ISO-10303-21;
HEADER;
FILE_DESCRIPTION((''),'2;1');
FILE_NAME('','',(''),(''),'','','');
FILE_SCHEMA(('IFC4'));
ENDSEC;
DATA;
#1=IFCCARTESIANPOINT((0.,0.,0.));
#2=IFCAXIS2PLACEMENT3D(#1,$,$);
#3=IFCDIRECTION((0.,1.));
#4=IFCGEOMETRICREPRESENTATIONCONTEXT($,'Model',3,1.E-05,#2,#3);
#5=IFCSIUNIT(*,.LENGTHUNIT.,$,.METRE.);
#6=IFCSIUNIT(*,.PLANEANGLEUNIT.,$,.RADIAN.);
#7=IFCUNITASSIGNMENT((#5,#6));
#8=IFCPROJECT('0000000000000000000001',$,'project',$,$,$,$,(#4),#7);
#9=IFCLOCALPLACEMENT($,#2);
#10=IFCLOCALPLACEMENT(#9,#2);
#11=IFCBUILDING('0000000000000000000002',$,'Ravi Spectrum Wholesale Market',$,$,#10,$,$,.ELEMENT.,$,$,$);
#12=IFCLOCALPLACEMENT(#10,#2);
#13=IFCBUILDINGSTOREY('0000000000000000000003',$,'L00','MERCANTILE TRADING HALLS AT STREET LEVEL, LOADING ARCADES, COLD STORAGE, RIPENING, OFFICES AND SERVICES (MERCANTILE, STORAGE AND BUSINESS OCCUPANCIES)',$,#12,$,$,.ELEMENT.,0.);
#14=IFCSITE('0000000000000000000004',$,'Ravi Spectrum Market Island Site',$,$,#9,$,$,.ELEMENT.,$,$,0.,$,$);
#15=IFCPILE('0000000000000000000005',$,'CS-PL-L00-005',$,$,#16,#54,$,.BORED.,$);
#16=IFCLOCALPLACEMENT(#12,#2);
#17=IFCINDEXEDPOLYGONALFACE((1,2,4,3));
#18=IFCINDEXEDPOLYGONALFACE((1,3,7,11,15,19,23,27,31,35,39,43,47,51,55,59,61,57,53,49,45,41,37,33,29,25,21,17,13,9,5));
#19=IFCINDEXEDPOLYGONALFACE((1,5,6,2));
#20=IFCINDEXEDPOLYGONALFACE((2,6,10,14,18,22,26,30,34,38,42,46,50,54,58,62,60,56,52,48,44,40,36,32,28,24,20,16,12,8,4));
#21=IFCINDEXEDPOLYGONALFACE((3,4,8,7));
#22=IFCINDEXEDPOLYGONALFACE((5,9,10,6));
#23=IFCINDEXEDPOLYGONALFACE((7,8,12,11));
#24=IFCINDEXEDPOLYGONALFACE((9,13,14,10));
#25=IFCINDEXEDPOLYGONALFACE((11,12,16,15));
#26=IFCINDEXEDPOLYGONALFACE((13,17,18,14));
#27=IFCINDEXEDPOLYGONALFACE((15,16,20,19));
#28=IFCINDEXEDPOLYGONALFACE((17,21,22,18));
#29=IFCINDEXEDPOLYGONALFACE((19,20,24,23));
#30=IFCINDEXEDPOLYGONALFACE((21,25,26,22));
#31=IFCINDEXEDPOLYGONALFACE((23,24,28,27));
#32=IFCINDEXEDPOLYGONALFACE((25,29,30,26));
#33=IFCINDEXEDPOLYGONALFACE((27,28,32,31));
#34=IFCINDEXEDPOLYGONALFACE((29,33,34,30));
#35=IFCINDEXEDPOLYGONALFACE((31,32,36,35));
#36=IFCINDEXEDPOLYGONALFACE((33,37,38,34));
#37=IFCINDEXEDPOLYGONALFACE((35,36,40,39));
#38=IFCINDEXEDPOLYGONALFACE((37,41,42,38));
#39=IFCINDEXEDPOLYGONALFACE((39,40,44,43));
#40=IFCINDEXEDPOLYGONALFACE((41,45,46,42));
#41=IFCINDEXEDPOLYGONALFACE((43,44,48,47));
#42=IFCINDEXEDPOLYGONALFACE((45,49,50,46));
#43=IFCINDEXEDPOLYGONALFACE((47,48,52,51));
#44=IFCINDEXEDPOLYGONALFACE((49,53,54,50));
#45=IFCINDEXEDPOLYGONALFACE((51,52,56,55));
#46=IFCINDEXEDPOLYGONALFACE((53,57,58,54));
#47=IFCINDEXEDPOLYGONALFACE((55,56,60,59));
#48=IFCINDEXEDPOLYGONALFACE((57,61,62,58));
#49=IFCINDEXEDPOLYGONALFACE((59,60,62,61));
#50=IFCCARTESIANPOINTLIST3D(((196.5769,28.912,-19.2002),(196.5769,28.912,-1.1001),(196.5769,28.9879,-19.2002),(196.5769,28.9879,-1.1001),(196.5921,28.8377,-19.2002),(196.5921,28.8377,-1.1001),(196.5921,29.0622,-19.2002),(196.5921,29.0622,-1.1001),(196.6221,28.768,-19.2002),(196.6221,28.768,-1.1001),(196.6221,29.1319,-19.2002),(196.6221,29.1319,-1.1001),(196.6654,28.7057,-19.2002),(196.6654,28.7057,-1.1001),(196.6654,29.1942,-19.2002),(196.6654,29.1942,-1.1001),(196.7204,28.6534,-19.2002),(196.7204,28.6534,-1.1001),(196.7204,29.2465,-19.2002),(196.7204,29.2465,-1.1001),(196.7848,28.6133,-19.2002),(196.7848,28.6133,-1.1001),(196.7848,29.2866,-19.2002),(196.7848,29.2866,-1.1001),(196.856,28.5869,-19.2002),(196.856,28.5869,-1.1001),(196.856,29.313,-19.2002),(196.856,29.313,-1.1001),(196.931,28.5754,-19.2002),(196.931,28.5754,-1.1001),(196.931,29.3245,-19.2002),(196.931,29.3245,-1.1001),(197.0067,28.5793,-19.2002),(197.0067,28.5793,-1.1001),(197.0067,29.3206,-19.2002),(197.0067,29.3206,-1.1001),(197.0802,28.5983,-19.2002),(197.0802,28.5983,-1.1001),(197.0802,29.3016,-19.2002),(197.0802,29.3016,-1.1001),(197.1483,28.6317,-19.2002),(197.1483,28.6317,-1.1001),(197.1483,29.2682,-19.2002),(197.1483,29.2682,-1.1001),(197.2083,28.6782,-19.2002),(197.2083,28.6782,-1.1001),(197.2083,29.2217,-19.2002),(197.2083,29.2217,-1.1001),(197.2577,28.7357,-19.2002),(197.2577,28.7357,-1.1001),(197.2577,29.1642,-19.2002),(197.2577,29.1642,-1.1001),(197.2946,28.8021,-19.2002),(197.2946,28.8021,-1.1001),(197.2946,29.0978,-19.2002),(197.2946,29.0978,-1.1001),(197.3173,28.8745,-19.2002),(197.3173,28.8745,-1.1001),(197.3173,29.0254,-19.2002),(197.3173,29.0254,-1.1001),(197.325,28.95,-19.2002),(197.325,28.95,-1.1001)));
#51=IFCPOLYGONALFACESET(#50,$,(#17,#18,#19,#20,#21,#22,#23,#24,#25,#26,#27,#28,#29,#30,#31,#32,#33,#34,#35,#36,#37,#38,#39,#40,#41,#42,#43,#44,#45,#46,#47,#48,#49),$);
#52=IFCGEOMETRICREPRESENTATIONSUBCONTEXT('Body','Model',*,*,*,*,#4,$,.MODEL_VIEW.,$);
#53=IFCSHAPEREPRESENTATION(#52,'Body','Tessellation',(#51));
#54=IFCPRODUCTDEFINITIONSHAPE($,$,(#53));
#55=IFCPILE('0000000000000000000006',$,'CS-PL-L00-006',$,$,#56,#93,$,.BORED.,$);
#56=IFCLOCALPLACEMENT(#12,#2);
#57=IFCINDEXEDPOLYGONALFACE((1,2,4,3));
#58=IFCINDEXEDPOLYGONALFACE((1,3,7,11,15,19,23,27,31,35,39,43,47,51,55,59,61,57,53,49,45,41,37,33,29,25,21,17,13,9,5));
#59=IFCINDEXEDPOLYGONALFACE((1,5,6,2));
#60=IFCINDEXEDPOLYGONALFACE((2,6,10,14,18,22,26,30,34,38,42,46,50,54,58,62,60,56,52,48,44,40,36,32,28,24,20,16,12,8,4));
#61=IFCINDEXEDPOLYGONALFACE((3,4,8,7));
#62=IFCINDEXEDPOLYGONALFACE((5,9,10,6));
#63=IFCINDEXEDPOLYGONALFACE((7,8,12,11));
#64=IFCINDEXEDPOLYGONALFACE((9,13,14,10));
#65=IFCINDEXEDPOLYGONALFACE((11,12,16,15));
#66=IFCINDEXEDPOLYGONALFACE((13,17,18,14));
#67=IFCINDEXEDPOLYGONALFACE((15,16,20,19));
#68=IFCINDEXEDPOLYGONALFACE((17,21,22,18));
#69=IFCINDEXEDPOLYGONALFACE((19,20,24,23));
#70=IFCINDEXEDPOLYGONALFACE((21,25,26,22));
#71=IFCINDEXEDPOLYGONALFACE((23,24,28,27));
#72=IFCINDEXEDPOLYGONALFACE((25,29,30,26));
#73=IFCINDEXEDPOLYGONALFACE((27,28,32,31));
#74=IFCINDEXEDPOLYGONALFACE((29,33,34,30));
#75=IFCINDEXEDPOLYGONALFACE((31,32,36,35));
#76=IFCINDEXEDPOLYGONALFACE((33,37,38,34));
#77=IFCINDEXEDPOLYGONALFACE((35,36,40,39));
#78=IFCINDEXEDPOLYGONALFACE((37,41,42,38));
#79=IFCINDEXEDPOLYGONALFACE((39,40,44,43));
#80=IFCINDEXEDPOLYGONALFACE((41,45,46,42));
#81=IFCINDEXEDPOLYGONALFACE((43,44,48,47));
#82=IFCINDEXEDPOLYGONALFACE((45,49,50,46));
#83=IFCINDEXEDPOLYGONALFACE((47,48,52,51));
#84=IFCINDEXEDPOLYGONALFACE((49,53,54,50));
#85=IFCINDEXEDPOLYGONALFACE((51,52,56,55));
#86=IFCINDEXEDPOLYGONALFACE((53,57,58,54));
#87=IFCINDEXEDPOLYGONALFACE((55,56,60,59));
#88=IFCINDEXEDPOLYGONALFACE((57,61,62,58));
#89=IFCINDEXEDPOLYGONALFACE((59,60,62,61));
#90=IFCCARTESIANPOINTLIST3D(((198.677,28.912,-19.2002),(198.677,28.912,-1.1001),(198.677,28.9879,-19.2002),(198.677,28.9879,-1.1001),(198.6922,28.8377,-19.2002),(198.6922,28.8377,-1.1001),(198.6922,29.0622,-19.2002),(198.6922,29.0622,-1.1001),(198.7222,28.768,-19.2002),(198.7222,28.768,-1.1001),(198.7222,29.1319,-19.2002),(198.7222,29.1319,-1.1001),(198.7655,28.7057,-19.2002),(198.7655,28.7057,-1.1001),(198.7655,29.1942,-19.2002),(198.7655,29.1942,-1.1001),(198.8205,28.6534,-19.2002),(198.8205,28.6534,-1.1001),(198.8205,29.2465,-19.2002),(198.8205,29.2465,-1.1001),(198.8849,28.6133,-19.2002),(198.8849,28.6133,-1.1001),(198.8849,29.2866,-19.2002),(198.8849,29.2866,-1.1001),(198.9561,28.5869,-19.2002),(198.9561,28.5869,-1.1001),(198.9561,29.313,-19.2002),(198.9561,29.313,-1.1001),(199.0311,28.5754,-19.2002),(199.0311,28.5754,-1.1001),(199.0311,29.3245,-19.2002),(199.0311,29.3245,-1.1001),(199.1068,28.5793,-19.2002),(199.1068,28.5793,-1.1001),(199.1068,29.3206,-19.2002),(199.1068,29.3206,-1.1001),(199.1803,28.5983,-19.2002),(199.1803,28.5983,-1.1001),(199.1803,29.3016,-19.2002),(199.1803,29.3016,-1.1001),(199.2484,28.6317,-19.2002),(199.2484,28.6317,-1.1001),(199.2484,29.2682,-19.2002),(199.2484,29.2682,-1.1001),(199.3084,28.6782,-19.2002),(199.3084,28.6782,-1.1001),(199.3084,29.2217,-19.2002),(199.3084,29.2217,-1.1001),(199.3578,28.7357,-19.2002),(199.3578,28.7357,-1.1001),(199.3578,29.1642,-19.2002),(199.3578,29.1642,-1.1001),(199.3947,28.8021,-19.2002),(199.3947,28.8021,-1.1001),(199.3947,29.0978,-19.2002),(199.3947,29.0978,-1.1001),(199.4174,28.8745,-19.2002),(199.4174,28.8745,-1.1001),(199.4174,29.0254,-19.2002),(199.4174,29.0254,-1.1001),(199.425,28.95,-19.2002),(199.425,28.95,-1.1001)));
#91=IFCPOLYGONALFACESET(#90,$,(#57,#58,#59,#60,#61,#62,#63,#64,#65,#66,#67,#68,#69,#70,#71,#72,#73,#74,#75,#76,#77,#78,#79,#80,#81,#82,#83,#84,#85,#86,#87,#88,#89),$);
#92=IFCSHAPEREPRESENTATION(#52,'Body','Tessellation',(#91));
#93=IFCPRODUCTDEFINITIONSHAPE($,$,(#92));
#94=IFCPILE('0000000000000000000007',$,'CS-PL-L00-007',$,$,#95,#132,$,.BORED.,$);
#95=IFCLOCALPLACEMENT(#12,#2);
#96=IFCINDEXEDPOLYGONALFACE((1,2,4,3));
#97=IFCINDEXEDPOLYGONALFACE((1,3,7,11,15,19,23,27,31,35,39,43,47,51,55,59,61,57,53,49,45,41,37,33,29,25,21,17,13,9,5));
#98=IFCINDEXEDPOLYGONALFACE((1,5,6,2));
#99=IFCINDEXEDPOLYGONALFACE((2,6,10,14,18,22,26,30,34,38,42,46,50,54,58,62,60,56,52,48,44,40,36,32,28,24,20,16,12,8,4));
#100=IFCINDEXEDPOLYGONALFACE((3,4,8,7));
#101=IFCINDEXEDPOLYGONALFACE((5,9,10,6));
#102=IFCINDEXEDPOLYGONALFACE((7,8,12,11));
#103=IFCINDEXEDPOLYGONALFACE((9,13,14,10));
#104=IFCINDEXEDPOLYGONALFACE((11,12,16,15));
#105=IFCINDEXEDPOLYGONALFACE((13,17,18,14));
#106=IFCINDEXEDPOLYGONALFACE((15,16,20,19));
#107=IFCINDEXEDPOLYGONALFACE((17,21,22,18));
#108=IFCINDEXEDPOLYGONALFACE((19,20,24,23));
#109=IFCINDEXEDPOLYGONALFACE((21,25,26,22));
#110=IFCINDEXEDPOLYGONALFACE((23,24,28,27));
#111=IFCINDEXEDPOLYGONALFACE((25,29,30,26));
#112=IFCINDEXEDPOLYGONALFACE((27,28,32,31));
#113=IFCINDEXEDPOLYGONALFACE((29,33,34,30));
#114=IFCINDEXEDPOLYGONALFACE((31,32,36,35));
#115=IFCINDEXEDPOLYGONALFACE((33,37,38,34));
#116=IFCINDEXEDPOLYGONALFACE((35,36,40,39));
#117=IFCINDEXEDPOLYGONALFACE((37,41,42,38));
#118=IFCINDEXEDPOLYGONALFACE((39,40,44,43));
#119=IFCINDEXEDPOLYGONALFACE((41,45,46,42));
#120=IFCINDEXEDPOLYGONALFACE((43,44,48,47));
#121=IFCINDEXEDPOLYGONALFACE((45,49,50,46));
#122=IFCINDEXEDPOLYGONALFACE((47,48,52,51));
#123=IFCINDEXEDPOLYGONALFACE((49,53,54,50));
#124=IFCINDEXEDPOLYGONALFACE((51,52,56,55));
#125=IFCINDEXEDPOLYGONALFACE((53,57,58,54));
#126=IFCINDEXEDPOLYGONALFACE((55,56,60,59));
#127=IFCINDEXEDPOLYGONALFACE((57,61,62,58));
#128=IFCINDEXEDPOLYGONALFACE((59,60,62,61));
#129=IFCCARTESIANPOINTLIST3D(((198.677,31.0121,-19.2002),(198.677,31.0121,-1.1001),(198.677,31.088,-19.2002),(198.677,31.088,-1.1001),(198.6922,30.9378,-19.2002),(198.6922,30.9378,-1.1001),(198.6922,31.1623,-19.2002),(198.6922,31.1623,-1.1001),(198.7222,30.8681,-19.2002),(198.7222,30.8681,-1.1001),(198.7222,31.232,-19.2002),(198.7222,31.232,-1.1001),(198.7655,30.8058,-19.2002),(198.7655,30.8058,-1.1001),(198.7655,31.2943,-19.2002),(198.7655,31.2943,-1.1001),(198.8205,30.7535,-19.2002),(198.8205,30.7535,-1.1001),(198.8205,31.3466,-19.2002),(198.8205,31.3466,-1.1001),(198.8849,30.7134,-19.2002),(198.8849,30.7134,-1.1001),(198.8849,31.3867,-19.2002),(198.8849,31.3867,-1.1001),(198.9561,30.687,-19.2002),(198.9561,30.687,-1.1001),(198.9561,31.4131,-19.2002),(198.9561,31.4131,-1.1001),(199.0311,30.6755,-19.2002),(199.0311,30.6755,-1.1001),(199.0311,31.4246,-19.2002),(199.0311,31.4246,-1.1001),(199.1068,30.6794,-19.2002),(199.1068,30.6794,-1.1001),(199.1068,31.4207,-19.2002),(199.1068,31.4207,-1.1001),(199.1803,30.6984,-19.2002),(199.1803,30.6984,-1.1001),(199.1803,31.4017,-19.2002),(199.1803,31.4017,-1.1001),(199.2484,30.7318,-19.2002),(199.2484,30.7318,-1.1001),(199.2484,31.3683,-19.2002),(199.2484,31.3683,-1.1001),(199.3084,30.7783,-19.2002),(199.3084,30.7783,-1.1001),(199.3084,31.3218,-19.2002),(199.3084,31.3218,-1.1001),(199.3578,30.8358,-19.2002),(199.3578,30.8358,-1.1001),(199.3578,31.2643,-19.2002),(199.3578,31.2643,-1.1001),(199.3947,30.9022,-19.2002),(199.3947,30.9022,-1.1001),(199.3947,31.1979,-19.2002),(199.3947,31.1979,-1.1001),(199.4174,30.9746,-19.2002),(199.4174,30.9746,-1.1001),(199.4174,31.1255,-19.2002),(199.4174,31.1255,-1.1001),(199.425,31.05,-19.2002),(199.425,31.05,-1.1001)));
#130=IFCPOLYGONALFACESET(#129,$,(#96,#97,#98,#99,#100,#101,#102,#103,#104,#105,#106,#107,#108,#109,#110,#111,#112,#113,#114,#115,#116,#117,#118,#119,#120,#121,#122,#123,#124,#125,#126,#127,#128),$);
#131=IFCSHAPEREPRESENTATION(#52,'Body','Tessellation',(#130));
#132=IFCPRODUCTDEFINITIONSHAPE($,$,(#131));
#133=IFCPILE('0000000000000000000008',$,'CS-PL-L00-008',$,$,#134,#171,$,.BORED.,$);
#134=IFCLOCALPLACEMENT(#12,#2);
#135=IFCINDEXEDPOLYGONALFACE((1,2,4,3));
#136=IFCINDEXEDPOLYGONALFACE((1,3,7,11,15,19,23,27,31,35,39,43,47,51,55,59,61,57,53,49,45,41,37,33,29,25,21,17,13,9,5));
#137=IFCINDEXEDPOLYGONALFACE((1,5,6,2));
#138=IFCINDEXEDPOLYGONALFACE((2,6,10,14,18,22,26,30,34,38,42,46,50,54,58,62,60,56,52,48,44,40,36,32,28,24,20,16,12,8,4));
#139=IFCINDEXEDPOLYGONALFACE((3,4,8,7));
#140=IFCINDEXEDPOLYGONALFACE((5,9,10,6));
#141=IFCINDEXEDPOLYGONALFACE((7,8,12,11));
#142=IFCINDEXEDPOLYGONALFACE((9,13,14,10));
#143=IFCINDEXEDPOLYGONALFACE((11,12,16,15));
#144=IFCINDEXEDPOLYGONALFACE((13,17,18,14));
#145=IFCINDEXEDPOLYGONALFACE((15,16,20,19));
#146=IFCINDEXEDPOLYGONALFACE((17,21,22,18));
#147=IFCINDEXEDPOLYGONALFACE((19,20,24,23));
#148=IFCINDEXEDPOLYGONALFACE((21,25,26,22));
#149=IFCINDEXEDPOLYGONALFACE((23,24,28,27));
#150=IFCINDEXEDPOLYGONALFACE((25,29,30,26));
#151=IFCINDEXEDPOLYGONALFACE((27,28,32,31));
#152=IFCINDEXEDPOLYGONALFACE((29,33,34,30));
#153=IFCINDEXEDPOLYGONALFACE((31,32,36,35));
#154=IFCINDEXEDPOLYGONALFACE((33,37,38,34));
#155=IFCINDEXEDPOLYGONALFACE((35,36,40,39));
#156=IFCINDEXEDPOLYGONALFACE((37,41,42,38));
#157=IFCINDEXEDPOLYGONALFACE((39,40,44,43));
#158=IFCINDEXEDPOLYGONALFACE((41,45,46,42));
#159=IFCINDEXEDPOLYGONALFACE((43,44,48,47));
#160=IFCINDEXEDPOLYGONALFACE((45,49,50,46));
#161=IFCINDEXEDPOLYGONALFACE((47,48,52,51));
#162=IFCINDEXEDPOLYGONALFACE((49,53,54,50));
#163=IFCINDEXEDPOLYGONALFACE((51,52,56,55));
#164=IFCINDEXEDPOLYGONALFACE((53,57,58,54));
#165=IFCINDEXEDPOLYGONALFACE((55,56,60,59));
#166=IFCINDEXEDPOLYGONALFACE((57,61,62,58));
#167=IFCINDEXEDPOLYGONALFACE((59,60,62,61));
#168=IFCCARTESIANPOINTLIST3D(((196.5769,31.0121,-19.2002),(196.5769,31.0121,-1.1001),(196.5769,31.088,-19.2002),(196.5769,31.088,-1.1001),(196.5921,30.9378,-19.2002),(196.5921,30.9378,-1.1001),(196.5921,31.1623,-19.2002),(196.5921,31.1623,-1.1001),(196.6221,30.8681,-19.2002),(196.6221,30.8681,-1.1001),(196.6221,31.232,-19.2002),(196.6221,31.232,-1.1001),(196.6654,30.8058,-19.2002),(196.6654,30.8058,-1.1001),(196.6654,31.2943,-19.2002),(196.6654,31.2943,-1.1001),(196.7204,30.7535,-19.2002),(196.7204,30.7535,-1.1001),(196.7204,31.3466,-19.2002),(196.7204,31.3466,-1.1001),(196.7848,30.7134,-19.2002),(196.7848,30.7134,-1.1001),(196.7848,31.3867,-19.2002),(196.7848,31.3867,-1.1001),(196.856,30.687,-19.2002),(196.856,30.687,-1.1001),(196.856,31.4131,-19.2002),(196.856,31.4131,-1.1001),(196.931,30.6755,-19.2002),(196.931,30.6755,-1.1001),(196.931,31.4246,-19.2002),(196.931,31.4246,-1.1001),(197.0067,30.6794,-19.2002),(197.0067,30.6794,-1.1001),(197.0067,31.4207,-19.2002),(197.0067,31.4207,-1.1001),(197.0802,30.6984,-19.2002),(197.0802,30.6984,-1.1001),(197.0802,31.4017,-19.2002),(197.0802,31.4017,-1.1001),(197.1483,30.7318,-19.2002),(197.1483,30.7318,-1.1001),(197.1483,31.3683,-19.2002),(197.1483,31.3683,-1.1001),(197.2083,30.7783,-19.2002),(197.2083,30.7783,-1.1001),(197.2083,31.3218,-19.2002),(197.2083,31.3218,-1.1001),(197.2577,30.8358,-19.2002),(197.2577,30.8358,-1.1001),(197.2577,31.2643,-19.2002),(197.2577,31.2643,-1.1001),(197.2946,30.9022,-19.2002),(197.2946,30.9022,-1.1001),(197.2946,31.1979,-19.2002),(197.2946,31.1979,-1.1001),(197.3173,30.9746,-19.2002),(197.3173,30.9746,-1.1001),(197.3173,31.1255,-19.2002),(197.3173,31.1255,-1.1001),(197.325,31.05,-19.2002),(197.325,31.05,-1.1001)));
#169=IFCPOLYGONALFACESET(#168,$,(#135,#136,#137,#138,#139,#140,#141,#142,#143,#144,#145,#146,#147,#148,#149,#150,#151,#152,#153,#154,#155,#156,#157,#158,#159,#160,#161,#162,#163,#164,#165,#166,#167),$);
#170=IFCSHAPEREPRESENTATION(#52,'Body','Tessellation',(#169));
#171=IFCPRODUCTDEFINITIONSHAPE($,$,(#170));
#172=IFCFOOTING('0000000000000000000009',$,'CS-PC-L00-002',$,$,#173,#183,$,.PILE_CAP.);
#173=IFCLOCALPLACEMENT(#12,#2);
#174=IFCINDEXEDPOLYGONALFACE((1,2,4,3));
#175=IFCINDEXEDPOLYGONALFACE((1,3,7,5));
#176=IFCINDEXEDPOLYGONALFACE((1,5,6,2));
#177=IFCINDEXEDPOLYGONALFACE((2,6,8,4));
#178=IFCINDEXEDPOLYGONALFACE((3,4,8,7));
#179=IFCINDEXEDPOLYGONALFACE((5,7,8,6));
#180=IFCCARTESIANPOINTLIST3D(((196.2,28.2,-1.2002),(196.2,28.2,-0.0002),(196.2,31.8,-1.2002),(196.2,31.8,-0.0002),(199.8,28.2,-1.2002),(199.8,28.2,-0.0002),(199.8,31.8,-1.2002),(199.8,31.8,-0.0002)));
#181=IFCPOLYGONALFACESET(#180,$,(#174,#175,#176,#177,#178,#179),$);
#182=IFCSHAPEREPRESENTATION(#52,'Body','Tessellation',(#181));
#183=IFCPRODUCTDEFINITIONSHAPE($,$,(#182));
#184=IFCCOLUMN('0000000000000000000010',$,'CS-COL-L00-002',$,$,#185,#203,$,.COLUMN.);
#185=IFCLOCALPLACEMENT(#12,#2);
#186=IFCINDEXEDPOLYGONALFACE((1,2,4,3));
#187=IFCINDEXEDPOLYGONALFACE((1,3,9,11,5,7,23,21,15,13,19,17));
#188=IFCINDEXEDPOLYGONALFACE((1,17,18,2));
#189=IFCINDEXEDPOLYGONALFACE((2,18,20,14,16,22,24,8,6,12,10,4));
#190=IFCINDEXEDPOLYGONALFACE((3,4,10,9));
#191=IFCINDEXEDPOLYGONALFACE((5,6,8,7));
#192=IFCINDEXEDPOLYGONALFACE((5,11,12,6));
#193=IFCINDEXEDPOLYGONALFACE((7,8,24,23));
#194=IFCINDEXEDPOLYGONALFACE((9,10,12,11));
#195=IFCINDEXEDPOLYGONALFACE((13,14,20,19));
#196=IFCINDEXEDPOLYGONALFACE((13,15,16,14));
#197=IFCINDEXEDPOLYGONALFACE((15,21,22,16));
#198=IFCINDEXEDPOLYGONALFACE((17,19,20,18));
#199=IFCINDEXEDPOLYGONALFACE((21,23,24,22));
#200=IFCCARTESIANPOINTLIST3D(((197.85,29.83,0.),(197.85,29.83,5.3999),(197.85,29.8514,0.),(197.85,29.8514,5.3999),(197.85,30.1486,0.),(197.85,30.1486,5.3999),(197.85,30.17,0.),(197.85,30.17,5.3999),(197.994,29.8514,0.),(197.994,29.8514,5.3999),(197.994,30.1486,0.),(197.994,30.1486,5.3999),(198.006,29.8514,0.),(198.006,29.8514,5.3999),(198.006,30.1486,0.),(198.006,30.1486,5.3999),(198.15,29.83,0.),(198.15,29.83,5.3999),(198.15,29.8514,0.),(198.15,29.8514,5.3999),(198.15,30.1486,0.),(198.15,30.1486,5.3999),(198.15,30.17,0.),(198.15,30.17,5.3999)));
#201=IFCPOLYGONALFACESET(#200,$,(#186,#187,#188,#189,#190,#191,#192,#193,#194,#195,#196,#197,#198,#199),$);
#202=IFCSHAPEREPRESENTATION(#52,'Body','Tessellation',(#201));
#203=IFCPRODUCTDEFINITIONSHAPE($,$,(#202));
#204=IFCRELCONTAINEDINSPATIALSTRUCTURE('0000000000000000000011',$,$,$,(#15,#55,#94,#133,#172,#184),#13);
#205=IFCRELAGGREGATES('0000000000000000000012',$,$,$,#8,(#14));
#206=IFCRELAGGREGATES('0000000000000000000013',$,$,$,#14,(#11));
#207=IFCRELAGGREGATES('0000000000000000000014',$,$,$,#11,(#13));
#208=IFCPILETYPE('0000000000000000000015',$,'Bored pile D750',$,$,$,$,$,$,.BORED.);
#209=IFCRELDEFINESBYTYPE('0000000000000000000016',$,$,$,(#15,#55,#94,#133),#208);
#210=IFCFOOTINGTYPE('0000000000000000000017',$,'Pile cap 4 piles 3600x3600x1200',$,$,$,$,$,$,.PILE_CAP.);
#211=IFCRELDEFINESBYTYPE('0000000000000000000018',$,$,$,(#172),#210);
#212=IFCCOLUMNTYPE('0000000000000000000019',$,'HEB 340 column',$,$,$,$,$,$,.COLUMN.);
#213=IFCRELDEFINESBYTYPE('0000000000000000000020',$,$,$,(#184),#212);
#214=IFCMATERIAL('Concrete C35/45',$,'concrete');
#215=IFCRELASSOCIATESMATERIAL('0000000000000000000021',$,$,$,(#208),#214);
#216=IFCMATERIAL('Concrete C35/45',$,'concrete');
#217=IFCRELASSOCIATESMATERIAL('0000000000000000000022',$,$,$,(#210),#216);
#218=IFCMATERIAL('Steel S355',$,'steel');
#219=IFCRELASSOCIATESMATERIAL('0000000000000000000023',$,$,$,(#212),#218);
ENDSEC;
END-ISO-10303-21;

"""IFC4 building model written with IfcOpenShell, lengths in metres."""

from ifc_helpers import new_model, si_unit, direction, frame, origin, origin_2d, place, context, subcontext, project, spatial, rectangle, circle, i_section, extrude, material, material_profile, profile_set, type_object, element, save


model = new_model("IFC4")

# Units and contexts
model_context = context("Model", 3, precision=1e-05, world=origin(), true_north=direction((0.0, 1.0)))
body_context = subcontext(model_context, "Body", "Model", "MODEL_VIEW")
ifc_project = project(units=[si_unit("LENGTHUNIT", "METRE"), si_unit("PLANEANGLEUNIT", "RADIAN")], contexts=[model_context])

# Site, building, storey
site_placement = place(None, origin())
site = spatial("IfcSite", under=ifc_project, at=site_placement, Name="Ravi Spectrum Market Island Site", CompositionType="ELEMENT", RefElevation=0.0)
building_placement = place(site_placement, origin())
building = spatial("IfcBuilding", under=site, at=building_placement, Name="Ravi Spectrum Wholesale Market", CompositionType="ELEMENT")
storey_placement = place(building_placement, origin())
storey = spatial("IfcBuildingStorey", under=building, at=storey_placement, Name="L00", Description="MERCANTILE TRADING HALLS AT STREET LEVEL, LOADING ARCADES, COLD STORAGE, RIPENING, OFFICES AND SERVICES (MERCANTILE, STORAGE AND BUSINESS OCCUPANCIES)", CompositionType="ELEMENT", Elevation=0.0)

# Piles
ifc_material_1 = material(Name="Concrete C35/45", Category="concrete")
ifc_material_profile_1 = material_profile(ifc_material_1, circle(Radius=0.375, at=origin_2d()))
ifc_profile_set_1 = profile_set([ifc_material_profile_1], Name="Concrete C35/45")
pile_type = type_object("IfcPileType", Name="Bored pile D750", PredefinedType="BORED", material=ifc_profile_set_1)
for number, where, z_axis, x_axis, name in (
    (1, (196.95, 28.95, -1.1001), (0.0, 0.0, -1.0), (1.0, 0.0, 0.0), "CS-PL-L00-005"),
    (2, (199.05, 28.95, -1.1001), (0.0, 0.0, -1.0), (1.0, 0.0, 0.0), "CS-PL-L00-006"),
    (3, (199.05, 31.05, -1.1001), (0.0, 0.0, -1.0), (1.0, 0.0, 0.0), "CS-PL-L00-007"),
    (4, (196.95, 31.05, -1.1001), (0.0, 0.0, -1.0), (1.0, 0.0, 0.0), "CS-PL-L00-008"),
):
    element("IfcPile", number, at=place(storey_placement, frame(where, z_axis=z_axis, x_axis=x_axis)), inside=storey, type_object=pile_type, Name=name, PredefinedType="BORED", context=body_context, shape_type="SweptSolid", body=[
        extrude(circle(Radius=0.375, at=origin_2d()), origin(), (0.0, 0.0, 1.0), 18.1001),
    ])

# Footing
ifc_material_2 = material(Name="Concrete C35/45", Category="concrete")
footing_type = type_object("IfcFootingType", Name="Pile cap 4 piles 3600x3600x1200", PredefinedType="PILE_CAP", material=ifc_material_2)
footing_placement = place(storey_placement, frame((198.0, 30.0, -1.2002), z_axis=(0.0, 0.0, 1.0), x_axis=(1.0, 0.0, 0.0)))
element("IfcFooting", 5, at=footing_placement, inside=storey, type_object=footing_type, Name="CS-PC-L00-002", PredefinedType="PILE_CAP", context=body_context, shape_type="SweptSolid", body=[
    extrude(rectangle(XDim=3.6001, YDim=3.6001, at=origin_2d()), origin(), (0.0, 0.0, 1.0), 1.2),
])

# Column
ifc_material_3 = material(Name="Steel S355", Category="steel")
ifc_material_profile_2 = material_profile(ifc_material_3, i_section(OverallWidth=0.3, OverallDepth=0.3401, WebThickness=0.012, FlangeThickness=0.0215, at=origin_2d()))
ifc_profile_set_2 = profile_set([ifc_material_profile_2], Name="Steel S355")
column_type = type_object("IfcColumnType", Name="HEB 340 column", PredefinedType="COLUMN", material=ifc_profile_set_2)
column_placement = place(storey_placement, frame((198.0, 30.0, 0.0), z_axis=(0.0, 0.0, 1.0), x_axis=(1.0, 0.0, 0.0)))
element("IfcColumn", 6, at=column_placement, inside=storey, type_object=column_type, Name="CS-COL-L00-002", PredefinedType="COLUMN", context=body_context, shape_type="SweptSolid", body=[
    extrude(i_section(OverallWidth=0.3, OverallDepth=0.3401, WebThickness=0.012, FlangeThickness=0.0215, at=origin_2d()), origin(), (0.0, 0.0, 1.0), 5.3999),
])

save(model, "model.ifc")
